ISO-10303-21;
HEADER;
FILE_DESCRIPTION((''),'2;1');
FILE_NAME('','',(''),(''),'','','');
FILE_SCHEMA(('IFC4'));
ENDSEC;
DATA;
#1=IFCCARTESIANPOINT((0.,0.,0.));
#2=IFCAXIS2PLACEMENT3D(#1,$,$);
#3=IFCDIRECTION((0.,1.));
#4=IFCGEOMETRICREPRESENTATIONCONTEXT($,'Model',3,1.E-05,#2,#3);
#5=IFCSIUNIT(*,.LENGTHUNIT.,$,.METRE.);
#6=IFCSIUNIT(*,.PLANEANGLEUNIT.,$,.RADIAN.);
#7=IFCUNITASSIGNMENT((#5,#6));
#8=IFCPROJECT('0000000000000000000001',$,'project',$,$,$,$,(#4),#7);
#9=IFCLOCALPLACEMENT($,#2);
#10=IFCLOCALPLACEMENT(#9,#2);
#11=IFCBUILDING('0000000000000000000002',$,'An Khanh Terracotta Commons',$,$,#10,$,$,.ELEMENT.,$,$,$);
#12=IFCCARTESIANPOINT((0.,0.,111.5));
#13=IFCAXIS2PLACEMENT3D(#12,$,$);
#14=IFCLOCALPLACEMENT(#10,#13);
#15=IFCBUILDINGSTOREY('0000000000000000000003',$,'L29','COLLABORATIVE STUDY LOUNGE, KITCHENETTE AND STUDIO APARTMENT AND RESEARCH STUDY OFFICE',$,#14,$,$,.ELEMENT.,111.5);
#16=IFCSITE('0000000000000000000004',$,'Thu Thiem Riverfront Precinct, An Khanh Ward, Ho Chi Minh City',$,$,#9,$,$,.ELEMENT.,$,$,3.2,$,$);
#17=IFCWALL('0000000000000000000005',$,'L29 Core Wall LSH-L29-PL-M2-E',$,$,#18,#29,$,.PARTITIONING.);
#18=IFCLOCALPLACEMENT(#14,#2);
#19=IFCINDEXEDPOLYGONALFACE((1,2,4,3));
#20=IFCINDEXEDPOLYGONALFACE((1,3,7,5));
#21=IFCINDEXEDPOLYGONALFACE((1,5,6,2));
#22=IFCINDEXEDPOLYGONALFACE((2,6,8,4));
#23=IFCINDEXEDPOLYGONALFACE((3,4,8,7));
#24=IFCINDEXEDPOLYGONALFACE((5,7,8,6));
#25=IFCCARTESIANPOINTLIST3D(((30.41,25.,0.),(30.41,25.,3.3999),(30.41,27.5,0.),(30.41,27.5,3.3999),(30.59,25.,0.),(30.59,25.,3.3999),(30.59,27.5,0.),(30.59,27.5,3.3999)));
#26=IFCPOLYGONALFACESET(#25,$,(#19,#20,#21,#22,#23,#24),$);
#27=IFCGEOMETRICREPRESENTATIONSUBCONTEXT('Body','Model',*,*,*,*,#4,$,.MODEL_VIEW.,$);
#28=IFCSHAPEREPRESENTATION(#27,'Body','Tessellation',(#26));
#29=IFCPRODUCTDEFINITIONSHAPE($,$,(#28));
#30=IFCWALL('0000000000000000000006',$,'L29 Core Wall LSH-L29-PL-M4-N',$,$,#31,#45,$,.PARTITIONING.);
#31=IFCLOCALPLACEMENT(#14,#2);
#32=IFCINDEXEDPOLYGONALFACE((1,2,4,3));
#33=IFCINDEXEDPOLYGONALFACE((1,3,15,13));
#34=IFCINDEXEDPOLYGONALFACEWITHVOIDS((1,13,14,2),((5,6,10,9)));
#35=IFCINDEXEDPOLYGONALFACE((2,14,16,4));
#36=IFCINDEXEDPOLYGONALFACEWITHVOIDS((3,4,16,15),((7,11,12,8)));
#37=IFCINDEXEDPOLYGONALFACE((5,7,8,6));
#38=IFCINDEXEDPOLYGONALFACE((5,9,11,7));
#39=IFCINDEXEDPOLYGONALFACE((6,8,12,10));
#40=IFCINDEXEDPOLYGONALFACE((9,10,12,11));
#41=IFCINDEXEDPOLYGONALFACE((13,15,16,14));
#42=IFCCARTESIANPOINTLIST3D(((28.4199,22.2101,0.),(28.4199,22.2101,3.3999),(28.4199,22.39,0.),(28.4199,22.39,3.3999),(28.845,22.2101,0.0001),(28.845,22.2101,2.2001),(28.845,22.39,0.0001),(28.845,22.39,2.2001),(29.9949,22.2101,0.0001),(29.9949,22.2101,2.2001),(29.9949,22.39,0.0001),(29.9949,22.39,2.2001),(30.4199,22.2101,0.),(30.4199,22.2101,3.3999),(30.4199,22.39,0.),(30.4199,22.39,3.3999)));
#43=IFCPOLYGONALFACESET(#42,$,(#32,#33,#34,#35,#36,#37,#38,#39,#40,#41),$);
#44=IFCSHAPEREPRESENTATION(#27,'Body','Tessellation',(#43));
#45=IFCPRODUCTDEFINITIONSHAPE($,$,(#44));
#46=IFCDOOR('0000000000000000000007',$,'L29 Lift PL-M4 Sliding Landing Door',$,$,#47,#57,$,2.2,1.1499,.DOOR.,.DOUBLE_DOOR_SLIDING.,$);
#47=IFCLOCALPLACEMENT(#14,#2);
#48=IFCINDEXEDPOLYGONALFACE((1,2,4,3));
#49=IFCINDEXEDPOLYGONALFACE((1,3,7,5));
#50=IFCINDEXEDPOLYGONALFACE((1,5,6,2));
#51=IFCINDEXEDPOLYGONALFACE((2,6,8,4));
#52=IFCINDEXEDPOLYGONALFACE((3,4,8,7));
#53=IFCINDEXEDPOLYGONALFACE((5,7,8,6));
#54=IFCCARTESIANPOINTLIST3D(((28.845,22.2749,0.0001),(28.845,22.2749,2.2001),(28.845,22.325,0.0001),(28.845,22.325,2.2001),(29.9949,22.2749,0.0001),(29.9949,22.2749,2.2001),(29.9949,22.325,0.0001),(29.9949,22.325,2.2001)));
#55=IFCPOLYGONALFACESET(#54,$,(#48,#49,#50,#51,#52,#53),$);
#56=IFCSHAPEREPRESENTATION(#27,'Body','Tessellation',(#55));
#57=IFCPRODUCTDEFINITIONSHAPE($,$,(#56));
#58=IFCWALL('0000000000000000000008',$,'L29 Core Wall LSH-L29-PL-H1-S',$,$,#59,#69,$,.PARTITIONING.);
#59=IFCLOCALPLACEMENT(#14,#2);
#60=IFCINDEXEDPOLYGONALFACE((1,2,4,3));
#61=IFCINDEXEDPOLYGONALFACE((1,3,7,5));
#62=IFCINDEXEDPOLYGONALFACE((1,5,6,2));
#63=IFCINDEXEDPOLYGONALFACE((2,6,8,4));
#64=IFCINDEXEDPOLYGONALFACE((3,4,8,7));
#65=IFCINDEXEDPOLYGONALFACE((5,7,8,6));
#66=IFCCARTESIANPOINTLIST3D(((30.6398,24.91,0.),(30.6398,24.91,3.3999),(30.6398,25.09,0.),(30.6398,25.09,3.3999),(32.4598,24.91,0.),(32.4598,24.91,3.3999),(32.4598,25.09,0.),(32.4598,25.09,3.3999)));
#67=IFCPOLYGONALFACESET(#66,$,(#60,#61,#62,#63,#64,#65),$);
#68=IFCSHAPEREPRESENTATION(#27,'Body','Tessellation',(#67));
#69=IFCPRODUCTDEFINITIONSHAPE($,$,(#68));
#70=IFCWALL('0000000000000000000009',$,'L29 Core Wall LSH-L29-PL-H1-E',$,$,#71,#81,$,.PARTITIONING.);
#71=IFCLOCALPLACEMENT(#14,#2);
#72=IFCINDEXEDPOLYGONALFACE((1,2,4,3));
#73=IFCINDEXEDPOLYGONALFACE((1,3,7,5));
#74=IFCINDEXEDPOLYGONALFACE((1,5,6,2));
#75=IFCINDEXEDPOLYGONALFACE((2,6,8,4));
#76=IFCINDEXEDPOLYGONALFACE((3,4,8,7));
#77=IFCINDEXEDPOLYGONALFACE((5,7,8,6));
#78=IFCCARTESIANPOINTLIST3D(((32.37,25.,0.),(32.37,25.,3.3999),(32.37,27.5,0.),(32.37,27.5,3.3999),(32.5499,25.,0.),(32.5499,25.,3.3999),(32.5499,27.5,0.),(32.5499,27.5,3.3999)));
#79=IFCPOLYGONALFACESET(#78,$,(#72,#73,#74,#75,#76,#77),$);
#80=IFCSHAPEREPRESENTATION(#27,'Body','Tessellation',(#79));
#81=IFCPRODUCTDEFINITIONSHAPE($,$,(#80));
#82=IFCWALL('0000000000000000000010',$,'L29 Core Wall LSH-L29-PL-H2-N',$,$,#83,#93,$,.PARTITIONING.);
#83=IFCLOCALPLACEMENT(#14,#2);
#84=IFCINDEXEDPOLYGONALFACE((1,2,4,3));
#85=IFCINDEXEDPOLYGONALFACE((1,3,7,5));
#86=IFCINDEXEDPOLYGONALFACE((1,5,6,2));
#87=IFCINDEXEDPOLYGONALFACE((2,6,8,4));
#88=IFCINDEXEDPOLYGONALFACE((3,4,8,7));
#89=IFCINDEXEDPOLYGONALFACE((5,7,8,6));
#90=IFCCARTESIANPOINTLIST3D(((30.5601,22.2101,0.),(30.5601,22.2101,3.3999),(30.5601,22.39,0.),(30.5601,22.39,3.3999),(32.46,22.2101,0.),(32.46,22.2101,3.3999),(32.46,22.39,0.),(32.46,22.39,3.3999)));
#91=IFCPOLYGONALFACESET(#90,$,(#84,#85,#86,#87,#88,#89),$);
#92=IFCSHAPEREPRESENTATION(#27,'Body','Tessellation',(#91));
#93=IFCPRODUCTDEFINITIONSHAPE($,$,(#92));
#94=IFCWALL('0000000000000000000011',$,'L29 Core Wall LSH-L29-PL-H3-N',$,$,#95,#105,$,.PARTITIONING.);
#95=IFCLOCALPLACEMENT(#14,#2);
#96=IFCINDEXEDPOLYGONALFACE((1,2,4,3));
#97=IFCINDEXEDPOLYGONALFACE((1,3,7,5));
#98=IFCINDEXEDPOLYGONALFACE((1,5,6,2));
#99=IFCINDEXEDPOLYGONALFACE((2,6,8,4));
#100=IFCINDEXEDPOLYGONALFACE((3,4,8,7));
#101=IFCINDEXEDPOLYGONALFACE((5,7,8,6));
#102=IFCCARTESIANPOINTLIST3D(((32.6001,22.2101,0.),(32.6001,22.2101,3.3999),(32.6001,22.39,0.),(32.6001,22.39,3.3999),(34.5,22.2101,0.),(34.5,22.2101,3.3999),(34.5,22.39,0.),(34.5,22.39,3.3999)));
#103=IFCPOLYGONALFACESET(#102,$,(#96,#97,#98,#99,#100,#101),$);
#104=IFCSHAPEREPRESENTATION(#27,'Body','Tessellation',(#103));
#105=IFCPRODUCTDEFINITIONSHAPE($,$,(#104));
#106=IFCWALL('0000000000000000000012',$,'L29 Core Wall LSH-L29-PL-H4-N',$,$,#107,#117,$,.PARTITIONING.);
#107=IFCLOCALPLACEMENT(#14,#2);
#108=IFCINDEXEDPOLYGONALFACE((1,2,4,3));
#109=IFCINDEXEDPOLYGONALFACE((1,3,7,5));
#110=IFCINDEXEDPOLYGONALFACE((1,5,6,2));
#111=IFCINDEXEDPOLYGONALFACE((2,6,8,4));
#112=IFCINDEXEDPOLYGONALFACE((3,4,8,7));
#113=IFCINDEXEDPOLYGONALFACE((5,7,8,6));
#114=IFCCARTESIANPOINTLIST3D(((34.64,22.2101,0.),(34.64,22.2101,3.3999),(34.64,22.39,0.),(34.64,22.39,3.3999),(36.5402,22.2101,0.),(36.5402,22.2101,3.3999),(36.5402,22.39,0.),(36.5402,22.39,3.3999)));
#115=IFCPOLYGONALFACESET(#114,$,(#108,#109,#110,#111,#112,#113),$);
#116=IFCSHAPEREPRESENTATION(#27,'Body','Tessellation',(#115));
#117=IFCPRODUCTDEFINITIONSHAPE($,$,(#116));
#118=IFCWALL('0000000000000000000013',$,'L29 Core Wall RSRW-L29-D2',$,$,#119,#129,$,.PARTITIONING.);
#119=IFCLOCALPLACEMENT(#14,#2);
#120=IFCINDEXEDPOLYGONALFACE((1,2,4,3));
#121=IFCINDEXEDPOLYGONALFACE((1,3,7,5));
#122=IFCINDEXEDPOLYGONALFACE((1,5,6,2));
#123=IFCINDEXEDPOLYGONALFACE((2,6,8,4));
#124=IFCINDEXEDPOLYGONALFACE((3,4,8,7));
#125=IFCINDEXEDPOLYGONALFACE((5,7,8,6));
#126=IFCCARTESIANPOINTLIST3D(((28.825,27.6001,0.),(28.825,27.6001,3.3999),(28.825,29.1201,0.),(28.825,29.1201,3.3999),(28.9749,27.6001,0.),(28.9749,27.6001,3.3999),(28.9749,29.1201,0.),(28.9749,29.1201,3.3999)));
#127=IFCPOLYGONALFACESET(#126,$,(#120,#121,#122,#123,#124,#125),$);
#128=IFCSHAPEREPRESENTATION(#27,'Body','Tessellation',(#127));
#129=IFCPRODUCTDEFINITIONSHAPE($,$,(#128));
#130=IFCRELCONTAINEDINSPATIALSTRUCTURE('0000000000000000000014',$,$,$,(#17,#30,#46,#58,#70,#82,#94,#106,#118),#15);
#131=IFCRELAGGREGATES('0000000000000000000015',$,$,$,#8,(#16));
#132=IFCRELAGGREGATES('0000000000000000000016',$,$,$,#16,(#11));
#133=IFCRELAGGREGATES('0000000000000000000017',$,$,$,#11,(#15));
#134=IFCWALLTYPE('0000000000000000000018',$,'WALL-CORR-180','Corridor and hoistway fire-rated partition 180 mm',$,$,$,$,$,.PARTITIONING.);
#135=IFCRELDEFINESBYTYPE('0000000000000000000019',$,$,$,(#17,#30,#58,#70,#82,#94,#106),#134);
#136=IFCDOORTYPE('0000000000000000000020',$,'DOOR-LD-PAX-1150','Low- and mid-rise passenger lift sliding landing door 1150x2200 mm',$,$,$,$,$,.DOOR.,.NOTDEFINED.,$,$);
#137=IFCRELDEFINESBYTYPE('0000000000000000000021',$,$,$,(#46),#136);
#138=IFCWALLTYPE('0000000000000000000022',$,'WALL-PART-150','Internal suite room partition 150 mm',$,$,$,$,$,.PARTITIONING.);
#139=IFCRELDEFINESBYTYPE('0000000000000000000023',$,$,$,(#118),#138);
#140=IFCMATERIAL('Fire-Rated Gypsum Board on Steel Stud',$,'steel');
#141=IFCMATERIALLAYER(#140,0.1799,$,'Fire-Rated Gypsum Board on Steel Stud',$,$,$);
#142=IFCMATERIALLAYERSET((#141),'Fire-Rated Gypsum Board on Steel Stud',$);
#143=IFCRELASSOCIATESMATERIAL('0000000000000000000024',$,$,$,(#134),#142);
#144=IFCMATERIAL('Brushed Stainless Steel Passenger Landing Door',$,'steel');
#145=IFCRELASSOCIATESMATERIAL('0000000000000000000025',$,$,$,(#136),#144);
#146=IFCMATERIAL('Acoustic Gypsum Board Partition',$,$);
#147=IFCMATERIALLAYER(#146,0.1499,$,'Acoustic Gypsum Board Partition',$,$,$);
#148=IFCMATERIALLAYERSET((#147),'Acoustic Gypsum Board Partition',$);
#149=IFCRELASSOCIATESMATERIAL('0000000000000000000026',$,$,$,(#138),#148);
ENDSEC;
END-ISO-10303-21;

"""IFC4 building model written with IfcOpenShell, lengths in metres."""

from ifc_helpers import new_model, si_unit, direction, frame, frame_2d, origin, place, context, subcontext, project, spatial, rectangle, extrude, material, layer, layer_set, type_object, element, fill, save


model = new_model("IFC4")

# Units and contexts
model_context = context("Model", 3, precision=1e-05, world=origin(), true_north=direction((0.0, 1.0)))
body_context = subcontext(model_context, "Body", "Model", "MODEL_VIEW")
ifc_project = project(units=[si_unit("LENGTHUNIT", "METRE"), si_unit("PLANEANGLEUNIT", "RADIAN")], contexts=[model_context])

# Site, building, storey
site_placement = place(None, origin())
site = spatial("IfcSite", under=ifc_project, at=site_placement, Name="Thu Thiem Riverfront Precinct, An Khanh Ward, Ho Chi Minh City", CompositionType="ELEMENT", RefElevation=3.2)
building_placement = place(site_placement, origin())
building = spatial("IfcBuilding", under=site, at=building_placement, Name="An Khanh Terracotta Commons", CompositionType="ELEMENT")
storey_placement = place(building_placement, frame((0.0, 0.0, 111.5)))
storey = spatial("IfcBuildingStorey", under=building, at=storey_placement, Name="L29", Description="COLLABORATIVE STUDY LOUNGE, KITCHENETTE AND STUDIO APARTMENT AND RESEARCH STUDY OFFICE", CompositionType="ELEMENT", Elevation=111.5)

# Shared definitions
ifc_material_1 = material(Name="Fire-Rated Gypsum Board on Steel Stud", Category="steel")
ifc_layer_1 = layer(ifc_material_1, 0.1799, Name="Fire-Rated Gypsum Board on Steel Stud")
ifc_layer_set_1 = layer_set([ifc_layer_1], Name="Fire-Rated Gypsum Board on Steel Stud")
wall_type_1 = type_object("IfcWallType", Name="WALL-CORR-180", Description="Corridor and hoistway fire-rated partition 180 mm", PredefinedType="PARTITIONING", material=ifc_layer_set_1)

# Shared definitions
ifc_material_2 = material(Name="Brushed Stainless Steel Passenger Landing Door", Category="steel")
door_type = type_object("IfcDoorType", Name="DOOR-LD-PAX-1150", Description="Low- and mid-rise passenger lift sliding landing door 1150x2200 mm", OperationType="NOTDEFINED", PredefinedType="DOOR", material=ifc_material_2)

# Wall
wall_1_placement = place(storey_placement, frame((30.5, 25.0, 0.0), z_axis=(0.0, 0.0, 1.0), x_axis=(0.0, 1.0, 0.0)))
element("IfcWall", 1, at=wall_1_placement, inside=storey, type_object=wall_type_1, Name="L29 Core Wall LSH-L29-PL-M2-E", PredefinedType="PARTITIONING", context=body_context, shape_type="SweptSolid", body=[
    extrude(rectangle(XDim=2.5, YDim=0.1799, at=frame_2d((1.25, 0.0))), origin(), (0.0, 0.0, 1.0), 3.3999),
])

# Wall, opening, door
wall_2_placement = place(storey_placement, frame((28.4199, 22.3, 0.0), z_axis=(0.0, 0.0, 1.0), x_axis=(1.0, 0.0, 0.0)))
wall_2 = element("IfcWall", 2, at=wall_2_placement, inside=storey, type_object=wall_type_1, Name="L29 Core Wall LSH-L29-PL-M4-N", PredefinedType="PARTITIONING", context=body_context, shape_type="SweptSolid", body=[
    extrude(rectangle(XDim=2.0, YDim=0.1799, at=frame_2d((1.0, 0.0))), origin(), (0.0, 0.0, 1.0), 3.3999),
])
opening_1_placement = place(wall_2_placement, frame((0.425, 0.0, 0.0)))
opening_1 = element("IfcOpeningElement", 3, at=opening_1_placement, cuts=wall_2, PredefinedType="OPENING", context=body_context, shape_type="SweptSolid", body=[
    extrude(rectangle(XDim=1.1499, YDim=2.2, at=frame_2d((0.575, 1.1001))), frame((0.0, 0.0999, 0.0), z_axis=(0.0, -1.0, 0.0), x_axis=(1.0, 0.0, 0.0)), (0.0, 0.0, 1.0), 0.2),
])
door_1_placement = place(opening_1_placement, origin())
door_1 = element("IfcDoor", 4, at=door_1_placement, inside=storey, type_object=door_type, Name="L29 Lift PL-M4 Sliding Landing Door", OperationType="DOUBLE_DOOR_SLIDING", OverallHeight=2.2, OverallWidth=1.1499, PredefinedType="DOOR", context=body_context, shape_type="SweptSolid", body=[
    extrude(rectangle(XDim=1.1499, YDim=2.2, at=frame_2d((0.575, 1.1001))), frame((0.0, 0.0249, 0.0), z_axis=(0.0, -1.0, 0.0), x_axis=(1.0, 0.0, 0.0)), (0.0, 0.0, 1.0), 0.05),
])
fill(opening_1, door_1)

# Walls
wall_3_placement = place(storey_placement, frame((32.46, 25.0, 0.0), z_axis=(0.0, 0.0, 1.0), x_axis=(-1.0, 0.0, 0.0)))
element("IfcWall", 5, at=wall_3_placement, inside=storey, type_object=wall_type_1, Name="L29 Core Wall LSH-L29-PL-H1-S", PredefinedType="PARTITIONING", context=body_context, shape_type="SweptSolid", body=[
    extrude(rectangle(XDim=1.8201, YDim=0.1799, at=frame_2d((0.9102, 0.0))), origin(), (0.0, 0.0, 1.0), 3.3999),
])
wall_4_placement = place(storey_placement, frame((32.46, 25.0, 0.0), z_axis=(0.0, 0.0, 1.0), x_axis=(0.0, 1.0, 0.0)))
element("IfcWall", 6, at=wall_4_placement, inside=storey, type_object=wall_type_1, Name="L29 Core Wall LSH-L29-PL-H1-E", PredefinedType="PARTITIONING", context=body_context, shape_type="SweptSolid", body=[
    extrude(rectangle(XDim=2.5, YDim=0.1799, at=frame_2d((1.25, 0.0))), origin(), (0.0, 0.0, 1.0), 3.3999),
])
for number, where, z_axis, x_axis, name in (
    (7, (30.5601, 22.3, 0.0), (0.0, 0.0, 1.0), (1.0, 0.0, 0.0), "L29 Core Wall LSH-L29-PL-H2-N"),
    (8, (32.6001, 22.3, 0.0), (0.0, 0.0, 1.0), (1.0, 0.0, 0.0), "L29 Core Wall LSH-L29-PL-H3-N"),
):
    element("IfcWall", number, at=place(storey_placement, frame(where, z_axis=z_axis, x_axis=x_axis)), inside=storey, type_object=wall_type_1, Name=name, PredefinedType="PARTITIONING", context=body_context, shape_type="SweptSolid", body=[
        extrude(rectangle(XDim=1.8999, YDim=0.1799, at=frame_2d((0.95, 0.0))), origin(), (0.0, 0.0, 1.0), 3.3999),
    ])
wall_5_placement = place(storey_placement, frame((34.6399, 22.3, 0.0), z_axis=(0.0, 0.0, 1.0), x_axis=(1.0, 0.0, 0.0)))
element("IfcWall", 9, at=wall_5_placement, inside=storey, type_object=wall_type_1, Name="L29 Core Wall LSH-L29-PL-H4-N", PredefinedType="PARTITIONING", context=body_context, shape_type="SweptSolid", body=[
    extrude(rectangle(XDim=1.9001, YDim=0.1799, at=frame_2d((0.9502, 0.0))), origin(), (0.0, 0.0, 1.0), 3.3999),
])
ifc_material_3 = material(Name="Acoustic Gypsum Board Partition")
ifc_layer_2 = layer(ifc_material_3, 0.1499, Name="Acoustic Gypsum Board Partition")
ifc_layer_set_2 = layer_set([ifc_layer_2], Name="Acoustic Gypsum Board Partition")
wall_type_2 = type_object("IfcWallType", Name="WALL-PART-150", Description="Internal suite room partition 150 mm", PredefinedType="PARTITIONING", material=ifc_layer_set_2)
wall_6_placement = place(storey_placement, frame((28.8999, 27.6001, 0.0), z_axis=(0.0, 0.0, 1.0), x_axis=(0.0, 1.0, 0.0)))
element("IfcWall", 10, at=wall_6_placement, inside=storey, type_object=wall_type_2, Name="L29 Core Wall RSRW-L29-D2", PredefinedType="PARTITIONING", context=body_context, shape_type="SweptSolid", body=[
    extrude(rectangle(XDim=1.52, YDim=0.1499, at=frame_2d((0.76, 0.0))), origin(), (0.0, 0.0, 1.0), 3.3999),
])

save(model, "model.ifc")
